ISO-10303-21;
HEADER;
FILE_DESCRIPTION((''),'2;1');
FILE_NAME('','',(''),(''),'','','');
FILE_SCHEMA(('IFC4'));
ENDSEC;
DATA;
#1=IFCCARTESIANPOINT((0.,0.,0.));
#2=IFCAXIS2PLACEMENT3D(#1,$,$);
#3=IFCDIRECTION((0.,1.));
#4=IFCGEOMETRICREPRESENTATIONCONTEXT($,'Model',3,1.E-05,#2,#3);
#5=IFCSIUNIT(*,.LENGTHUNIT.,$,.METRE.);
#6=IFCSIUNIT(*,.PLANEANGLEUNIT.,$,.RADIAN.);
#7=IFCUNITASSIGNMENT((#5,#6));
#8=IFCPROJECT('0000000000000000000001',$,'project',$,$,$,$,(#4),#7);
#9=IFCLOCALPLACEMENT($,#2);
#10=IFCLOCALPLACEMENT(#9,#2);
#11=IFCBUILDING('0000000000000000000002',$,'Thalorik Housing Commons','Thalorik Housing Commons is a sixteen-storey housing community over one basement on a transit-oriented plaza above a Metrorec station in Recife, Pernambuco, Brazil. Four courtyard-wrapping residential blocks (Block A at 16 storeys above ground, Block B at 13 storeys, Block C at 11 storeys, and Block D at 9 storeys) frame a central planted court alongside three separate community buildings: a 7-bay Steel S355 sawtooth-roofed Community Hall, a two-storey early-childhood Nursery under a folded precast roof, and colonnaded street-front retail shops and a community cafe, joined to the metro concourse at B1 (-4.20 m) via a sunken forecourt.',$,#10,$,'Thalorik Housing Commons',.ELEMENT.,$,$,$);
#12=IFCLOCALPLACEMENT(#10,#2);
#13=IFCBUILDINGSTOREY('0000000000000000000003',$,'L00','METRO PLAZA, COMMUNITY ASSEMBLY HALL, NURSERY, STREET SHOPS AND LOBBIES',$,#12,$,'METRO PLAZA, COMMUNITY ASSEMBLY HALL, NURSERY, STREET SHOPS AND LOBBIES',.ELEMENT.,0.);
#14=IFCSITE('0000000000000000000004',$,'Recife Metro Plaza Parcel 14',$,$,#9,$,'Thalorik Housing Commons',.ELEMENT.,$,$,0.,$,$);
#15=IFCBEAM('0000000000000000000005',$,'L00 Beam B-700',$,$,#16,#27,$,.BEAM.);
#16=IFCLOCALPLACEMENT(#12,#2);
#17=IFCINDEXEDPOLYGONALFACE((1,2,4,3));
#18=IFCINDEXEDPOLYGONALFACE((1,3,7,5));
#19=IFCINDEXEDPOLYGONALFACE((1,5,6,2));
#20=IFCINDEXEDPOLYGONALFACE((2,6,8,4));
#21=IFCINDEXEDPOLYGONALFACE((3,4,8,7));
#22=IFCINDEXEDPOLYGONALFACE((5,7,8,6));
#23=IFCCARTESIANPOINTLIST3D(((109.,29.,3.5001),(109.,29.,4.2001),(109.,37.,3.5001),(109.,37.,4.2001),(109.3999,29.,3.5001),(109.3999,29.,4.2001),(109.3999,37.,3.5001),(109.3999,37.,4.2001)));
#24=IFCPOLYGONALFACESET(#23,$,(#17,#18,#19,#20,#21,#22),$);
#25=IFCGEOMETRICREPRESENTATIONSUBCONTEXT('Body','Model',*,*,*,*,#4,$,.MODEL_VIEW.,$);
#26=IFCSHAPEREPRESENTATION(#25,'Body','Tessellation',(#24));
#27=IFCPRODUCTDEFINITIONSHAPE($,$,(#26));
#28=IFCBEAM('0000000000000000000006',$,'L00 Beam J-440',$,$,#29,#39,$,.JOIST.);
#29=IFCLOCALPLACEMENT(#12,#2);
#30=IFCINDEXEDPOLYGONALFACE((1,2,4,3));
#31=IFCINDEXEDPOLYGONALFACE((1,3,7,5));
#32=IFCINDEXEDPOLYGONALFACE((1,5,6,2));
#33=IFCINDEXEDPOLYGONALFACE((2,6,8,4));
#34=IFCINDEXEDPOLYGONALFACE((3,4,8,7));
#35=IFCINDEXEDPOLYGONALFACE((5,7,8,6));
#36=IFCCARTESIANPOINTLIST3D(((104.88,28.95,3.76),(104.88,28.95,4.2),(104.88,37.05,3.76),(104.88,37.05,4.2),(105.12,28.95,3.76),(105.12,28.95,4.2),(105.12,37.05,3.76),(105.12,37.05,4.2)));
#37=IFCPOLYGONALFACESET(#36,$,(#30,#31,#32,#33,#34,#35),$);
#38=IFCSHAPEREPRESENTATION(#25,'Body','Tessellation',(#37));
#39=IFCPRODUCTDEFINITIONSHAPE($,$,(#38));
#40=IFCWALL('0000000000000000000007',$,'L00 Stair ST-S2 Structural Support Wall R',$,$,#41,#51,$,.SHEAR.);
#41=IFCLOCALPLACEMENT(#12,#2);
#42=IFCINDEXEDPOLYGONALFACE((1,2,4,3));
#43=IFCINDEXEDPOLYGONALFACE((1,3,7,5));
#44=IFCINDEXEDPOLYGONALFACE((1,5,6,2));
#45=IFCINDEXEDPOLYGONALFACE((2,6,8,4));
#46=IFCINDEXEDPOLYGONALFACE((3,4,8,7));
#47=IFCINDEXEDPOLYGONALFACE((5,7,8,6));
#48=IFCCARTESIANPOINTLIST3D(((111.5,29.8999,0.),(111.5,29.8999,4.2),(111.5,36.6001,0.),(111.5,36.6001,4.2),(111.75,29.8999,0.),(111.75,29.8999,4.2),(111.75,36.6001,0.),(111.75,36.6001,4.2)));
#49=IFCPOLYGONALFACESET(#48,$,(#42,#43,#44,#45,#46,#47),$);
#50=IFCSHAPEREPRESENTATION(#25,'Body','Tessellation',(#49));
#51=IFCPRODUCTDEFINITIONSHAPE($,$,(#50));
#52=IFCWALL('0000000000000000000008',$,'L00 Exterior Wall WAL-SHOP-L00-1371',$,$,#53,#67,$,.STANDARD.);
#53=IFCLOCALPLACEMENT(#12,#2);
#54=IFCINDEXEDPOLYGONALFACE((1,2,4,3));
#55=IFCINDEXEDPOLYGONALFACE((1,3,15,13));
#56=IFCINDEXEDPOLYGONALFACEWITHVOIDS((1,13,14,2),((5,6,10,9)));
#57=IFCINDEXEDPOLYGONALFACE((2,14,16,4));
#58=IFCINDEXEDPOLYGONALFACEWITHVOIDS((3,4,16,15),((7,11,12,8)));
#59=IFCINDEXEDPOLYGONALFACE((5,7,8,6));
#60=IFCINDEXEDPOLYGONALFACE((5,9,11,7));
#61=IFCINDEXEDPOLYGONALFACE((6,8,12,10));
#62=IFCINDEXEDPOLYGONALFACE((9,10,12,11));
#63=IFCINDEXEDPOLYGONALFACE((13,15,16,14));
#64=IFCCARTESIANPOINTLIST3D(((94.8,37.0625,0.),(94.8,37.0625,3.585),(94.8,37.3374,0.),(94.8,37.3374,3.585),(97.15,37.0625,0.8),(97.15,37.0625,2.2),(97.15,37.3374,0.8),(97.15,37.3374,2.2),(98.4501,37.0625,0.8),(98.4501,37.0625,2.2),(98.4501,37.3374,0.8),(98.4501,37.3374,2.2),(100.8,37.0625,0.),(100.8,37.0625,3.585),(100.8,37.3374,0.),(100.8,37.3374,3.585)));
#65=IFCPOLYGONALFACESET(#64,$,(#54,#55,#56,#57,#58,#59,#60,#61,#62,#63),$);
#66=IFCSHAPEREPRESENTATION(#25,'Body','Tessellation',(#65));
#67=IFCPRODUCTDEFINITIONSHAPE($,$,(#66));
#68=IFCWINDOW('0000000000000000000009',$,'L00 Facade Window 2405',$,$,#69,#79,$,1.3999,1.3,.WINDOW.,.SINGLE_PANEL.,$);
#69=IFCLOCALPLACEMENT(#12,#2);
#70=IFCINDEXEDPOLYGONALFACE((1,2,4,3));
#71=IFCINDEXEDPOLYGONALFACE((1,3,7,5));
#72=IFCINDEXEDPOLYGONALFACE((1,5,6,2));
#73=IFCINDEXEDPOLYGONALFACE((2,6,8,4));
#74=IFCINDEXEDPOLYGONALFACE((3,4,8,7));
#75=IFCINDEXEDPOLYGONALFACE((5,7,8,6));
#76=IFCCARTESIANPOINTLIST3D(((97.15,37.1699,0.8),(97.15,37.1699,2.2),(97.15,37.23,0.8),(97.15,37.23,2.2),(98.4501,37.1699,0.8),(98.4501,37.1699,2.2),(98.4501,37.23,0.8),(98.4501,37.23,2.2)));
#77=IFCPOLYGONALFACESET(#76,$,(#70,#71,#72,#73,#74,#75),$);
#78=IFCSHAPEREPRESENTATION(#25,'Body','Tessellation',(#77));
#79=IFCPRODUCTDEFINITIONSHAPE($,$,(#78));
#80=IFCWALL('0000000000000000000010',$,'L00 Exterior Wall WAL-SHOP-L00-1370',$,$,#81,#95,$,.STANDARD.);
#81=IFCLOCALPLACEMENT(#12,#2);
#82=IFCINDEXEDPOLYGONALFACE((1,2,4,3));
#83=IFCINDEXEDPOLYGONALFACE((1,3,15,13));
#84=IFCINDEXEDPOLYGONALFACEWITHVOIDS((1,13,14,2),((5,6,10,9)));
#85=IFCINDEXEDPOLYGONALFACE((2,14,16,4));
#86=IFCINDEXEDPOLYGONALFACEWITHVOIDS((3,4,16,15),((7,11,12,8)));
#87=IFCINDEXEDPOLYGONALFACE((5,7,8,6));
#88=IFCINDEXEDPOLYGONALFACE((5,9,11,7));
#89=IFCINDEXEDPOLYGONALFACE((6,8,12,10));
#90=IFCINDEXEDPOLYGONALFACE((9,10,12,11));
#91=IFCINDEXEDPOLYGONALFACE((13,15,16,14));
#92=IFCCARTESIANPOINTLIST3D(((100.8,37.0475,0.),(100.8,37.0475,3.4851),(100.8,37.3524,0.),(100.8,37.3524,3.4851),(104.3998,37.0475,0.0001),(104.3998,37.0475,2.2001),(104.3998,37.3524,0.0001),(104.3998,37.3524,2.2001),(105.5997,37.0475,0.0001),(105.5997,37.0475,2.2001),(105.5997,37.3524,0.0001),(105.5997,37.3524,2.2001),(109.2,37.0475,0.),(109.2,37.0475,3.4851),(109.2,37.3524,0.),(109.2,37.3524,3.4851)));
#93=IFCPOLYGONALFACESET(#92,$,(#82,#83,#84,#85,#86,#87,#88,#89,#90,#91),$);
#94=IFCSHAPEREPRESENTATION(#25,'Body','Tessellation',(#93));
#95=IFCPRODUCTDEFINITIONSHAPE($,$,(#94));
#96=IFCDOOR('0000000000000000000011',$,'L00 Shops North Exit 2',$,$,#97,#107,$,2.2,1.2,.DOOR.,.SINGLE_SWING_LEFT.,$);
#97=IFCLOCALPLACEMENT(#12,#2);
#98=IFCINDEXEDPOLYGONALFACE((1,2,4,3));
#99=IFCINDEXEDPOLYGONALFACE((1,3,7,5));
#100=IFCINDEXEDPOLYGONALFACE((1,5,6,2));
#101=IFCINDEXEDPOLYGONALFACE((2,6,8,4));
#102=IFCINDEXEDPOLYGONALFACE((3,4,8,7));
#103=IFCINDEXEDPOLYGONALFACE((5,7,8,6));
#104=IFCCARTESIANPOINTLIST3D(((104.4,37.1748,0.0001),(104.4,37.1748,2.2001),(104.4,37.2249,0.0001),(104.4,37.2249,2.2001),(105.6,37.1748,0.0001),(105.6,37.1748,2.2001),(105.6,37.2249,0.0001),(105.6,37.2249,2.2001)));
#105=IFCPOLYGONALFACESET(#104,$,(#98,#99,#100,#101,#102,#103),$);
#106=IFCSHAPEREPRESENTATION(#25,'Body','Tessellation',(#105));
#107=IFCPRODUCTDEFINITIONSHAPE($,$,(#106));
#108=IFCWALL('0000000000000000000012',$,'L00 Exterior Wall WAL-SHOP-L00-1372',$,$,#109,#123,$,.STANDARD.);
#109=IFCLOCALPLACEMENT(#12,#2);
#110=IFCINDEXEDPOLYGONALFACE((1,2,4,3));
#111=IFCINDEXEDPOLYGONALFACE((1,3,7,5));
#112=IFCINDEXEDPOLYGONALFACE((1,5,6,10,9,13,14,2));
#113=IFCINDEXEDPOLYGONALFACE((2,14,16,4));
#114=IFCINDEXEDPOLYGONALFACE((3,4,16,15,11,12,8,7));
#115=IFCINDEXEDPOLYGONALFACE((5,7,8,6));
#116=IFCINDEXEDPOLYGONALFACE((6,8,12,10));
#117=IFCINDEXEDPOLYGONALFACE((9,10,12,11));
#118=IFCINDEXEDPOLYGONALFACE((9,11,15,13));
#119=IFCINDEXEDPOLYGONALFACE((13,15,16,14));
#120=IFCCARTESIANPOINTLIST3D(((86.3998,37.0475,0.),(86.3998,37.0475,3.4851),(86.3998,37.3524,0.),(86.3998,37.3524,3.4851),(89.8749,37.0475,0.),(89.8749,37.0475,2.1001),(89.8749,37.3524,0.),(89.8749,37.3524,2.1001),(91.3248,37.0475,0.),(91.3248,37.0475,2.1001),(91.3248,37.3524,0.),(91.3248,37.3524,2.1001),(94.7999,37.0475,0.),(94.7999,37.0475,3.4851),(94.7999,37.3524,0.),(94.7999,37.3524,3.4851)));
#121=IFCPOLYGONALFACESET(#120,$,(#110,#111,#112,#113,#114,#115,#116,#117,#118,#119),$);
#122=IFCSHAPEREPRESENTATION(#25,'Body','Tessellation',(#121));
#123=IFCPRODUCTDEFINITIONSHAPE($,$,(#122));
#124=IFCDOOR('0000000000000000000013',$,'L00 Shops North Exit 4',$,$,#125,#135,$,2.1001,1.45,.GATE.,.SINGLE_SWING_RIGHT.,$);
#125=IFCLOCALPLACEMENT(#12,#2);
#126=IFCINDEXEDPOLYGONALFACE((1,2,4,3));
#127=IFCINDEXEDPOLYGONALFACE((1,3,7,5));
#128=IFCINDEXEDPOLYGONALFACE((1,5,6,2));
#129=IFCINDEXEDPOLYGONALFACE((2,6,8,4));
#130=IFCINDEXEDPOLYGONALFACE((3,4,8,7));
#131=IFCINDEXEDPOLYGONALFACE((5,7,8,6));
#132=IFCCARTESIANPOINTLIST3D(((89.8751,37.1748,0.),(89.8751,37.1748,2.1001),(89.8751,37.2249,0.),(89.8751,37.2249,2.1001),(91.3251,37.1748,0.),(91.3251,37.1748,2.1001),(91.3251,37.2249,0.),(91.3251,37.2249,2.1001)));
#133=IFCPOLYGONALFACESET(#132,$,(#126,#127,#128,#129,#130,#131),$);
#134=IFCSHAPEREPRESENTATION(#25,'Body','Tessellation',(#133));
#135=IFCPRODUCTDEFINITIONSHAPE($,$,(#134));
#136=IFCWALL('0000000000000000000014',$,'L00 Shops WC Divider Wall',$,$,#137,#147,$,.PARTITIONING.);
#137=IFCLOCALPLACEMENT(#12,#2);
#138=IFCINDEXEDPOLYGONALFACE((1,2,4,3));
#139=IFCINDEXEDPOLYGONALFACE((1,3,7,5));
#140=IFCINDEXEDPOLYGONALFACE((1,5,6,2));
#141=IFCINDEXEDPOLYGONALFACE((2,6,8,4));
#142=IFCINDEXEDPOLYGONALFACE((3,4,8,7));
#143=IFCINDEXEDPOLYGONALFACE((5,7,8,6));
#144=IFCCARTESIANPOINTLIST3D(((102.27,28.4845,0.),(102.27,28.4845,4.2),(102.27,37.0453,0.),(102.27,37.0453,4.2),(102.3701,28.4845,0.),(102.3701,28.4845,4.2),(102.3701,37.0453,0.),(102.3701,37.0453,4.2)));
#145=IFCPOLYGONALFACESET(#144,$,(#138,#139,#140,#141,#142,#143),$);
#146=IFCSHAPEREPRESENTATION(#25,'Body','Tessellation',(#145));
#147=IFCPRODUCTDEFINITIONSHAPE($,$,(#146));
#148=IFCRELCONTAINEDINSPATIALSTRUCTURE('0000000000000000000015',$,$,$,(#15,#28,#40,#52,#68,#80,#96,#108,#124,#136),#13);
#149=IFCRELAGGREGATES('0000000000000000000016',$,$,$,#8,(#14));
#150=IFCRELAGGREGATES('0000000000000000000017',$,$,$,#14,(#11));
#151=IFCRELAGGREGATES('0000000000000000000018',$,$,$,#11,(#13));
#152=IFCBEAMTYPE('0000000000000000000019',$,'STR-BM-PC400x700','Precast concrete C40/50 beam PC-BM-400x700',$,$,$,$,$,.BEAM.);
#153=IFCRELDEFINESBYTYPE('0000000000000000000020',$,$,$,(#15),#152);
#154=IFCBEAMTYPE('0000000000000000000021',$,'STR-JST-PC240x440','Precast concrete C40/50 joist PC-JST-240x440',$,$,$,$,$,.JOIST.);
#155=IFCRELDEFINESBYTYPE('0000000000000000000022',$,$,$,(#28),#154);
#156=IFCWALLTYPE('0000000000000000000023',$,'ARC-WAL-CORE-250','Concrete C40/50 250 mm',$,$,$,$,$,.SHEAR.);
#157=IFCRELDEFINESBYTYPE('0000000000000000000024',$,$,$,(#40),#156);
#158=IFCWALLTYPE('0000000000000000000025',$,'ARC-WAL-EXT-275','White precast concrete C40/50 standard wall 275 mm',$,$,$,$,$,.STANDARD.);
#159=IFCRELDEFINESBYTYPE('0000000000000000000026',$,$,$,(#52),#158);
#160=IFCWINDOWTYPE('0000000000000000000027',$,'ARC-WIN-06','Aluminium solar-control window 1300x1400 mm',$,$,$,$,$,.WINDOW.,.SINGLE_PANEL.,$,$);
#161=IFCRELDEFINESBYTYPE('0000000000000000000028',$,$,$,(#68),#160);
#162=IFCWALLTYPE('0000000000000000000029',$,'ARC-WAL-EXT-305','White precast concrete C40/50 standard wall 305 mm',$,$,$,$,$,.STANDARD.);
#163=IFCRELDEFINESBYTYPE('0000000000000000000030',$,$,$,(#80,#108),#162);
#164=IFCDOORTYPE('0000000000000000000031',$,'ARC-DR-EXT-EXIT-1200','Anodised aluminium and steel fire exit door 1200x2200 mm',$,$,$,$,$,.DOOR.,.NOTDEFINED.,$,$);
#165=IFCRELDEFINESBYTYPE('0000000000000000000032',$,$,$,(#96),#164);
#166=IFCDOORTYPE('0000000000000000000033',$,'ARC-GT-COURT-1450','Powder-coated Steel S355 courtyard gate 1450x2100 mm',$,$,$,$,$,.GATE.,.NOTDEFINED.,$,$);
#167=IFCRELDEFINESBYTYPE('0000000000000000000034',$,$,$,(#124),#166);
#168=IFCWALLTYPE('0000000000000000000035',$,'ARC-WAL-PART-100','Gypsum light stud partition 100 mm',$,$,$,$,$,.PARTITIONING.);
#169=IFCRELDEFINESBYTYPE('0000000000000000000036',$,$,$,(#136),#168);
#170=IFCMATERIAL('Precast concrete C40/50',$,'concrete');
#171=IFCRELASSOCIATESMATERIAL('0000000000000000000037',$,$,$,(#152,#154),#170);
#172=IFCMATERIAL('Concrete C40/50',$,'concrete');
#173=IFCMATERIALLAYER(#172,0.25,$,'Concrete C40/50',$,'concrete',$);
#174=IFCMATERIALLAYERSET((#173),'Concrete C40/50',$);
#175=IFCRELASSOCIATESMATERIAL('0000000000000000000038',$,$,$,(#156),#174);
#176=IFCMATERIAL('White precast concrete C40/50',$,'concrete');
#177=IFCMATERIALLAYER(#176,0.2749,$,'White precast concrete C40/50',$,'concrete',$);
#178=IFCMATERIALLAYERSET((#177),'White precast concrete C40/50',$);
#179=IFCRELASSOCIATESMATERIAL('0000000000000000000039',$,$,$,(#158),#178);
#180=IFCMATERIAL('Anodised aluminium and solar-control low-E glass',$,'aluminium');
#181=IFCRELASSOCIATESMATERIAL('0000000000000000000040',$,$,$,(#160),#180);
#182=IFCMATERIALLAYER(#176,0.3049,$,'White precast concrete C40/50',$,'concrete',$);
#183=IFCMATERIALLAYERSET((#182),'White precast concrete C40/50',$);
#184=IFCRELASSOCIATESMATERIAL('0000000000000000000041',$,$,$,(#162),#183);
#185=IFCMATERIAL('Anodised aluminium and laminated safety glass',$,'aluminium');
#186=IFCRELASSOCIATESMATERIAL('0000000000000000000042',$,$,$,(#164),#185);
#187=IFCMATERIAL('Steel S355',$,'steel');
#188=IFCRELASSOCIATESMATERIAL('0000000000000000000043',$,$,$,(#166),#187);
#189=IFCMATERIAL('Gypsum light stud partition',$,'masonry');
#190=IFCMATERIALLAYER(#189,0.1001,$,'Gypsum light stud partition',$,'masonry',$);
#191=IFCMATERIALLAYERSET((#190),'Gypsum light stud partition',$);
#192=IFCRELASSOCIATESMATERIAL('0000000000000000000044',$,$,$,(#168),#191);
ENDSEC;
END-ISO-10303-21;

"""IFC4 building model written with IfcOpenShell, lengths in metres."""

from ifc_helpers import new_model, si_unit, direction, frame, frame_2d, origin, origin_2d, place, context, subcontext, project, spatial, rectangle, extrude, material, layer, layer_set, material_profile, profile_set, type_object, element, fill, save


model = new_model("IFC4")

# Units and contexts
model_context = context("Model", 3, precision=1e-05, world=origin(), true_north=direction((0.0, 1.0)))
body_context = subcontext(model_context, "Body", "Model", "MODEL_VIEW")
ifc_project = project(units=[si_unit("LENGTHUNIT", "METRE"), si_unit("PLANEANGLEUNIT", "RADIAN")], contexts=[model_context])

# Site, building, storey
site_placement = place(None, origin())
site = spatial("IfcSite", under=ifc_project, at=site_placement, Name="Recife Metro Plaza Parcel 14", LongName="Thalorik Housing Commons", CompositionType="ELEMENT", RefElevation=0.0)
building_placement = place(site_placement, origin())
building = spatial("IfcBuilding", under=site, at=building_placement, Name="Thalorik Housing Commons", Description="Thalorik Housing Commons is a sixteen-storey housing community over one basement on a transit-oriented plaza above a Metrorec station in Recife, Pernambuco, Brazil. Four courtyard-wrapping residential blocks (Block A at 16 storeys above ground, Block B at 13 storeys, Block C at 11 storeys, and Block D at 9 storeys) frame a central planted court alongside three separate community buildings: a 7-bay Steel S355 sawtooth-roofed Community Hall, a two-storey early-childhood Nursery under a folded precast roof, and colonnaded street-front retail shops and a community cafe, joined to the metro concourse at B1 (-4.20 m) via a sunken forecourt.", LongName="Thalorik Housing Commons", CompositionType="ELEMENT")
storey_placement = place(building_placement, origin())
storey = spatial("IfcBuildingStorey", under=building, at=storey_placement, Name="L00", Description="METRO PLAZA, COMMUNITY ASSEMBLY HALL, NURSERY, STREET SHOPS AND LOBBIES", LongName="METRO PLAZA, COMMUNITY ASSEMBLY HALL, NURSERY, STREET SHOPS AND LOBBIES", CompositionType="ELEMENT", Elevation=0.0)

# Shared definitions
ifc_material_1 = material(Name="Precast concrete C40/50", Category="concrete")

# Beams
ifc_material_profile_1 = material_profile(ifc_material_1, rectangle(XDim=0.3999, YDim=0.7, at=origin_2d()), Name="PC 400x700", Category="concrete")
ifc_profile_set_1 = profile_set([ifc_material_profile_1], Name="Precast concrete C40/50")
beam_type_1 = type_object("IfcBeamType", Name="STR-BM-PC400x700", Description="Precast concrete C40/50 beam PC-BM-400x700", PredefinedType="BEAM", material=ifc_profile_set_1)
for number, where, z_axis, x_axis, name in (
    (1, (109.2, 29.0, 3.8501), (0.0, 1.0, 0.0), (-1.0, 0.0, 0.0), "L00 Beam B-700"),
):
    element("IfcBeam", number, at=place(storey_placement, frame(where, z_axis=z_axis, x_axis=x_axis)), inside=storey, type_object=beam_type_1, Name=name, PredefinedType="BEAM", context=body_context, shape_type="SweptSolid", body=[
        extrude(rectangle(XDim=0.3999, YDim=0.7, at=origin_2d()), origin(), (0.0, 0.0, 1.0), 8.0),
    ])
ifc_material_profile_2 = material_profile(ifc_material_1, rectangle(XDim=0.24, YDim=0.4399, at=origin_2d()), Name="PC JST 240x440", Category="concrete")
ifc_profile_set_2 = profile_set([ifc_material_profile_2], Name="Precast concrete C40/50")
beam_type_2 = type_object("IfcBeamType", Name="STR-JST-PC240x440", Description="Precast concrete C40/50 joist PC-JST-240x440", PredefinedType="JOIST", material=ifc_profile_set_2)
beam_placement = place(storey_placement, frame((105.0, 28.95, 3.98), z_axis=(0.0, 1.0, 0.0), x_axis=(-1.0, 0.0, 0.0)))
element("IfcBeam", 2, at=beam_placement, inside=storey, type_object=beam_type_2, Name="L00 Beam J-440", PredefinedType="JOIST", context=body_context, shape_type="SweptSolid", body=[
    extrude(rectangle(XDim=0.24, YDim=0.4399, at=origin_2d()), origin(), (0.0, 0.0, 1.0), 8.1001),
])

# Wall
ifc_material_2 = material(Name="Concrete C40/50", Category="concrete")
ifc_layer_1 = layer(ifc_material_2, 0.25, Name="Concrete C40/50", Category="concrete")
ifc_layer_set_1 = layer_set([ifc_layer_1], Name="Concrete C40/50")
wall_type_1 = type_object("IfcWallType", Name="ARC-WAL-CORE-250", Description="Concrete C40/50 250 mm", PredefinedType="SHEAR", material=ifc_layer_set_1)
wall_1_placement = place(storey_placement, frame((111.625, 29.8999, 0.0), z_axis=(0.0, 0.0, 1.0), x_axis=(0.0, 1.0, 0.0)))
element("IfcWall", 3, at=wall_1_placement, inside=storey, type_object=wall_type_1, Name="L00 Stair ST-S2 Structural Support Wall R", PredefinedType="SHEAR", context=body_context, shape_type="SweptSolid", body=[
    extrude(rectangle(XDim=6.7002, YDim=0.25, at=frame_2d((3.3501, 0.0))), origin(), (0.0, 0.0, 1.0), 4.2),
])

# Wall, opening, window
ifc_material_3 = material(Name="White precast concrete C40/50", Category="concrete")
ifc_layer_2 = layer(ifc_material_3, 0.2749, Name="White precast concrete C40/50", Category="concrete")
ifc_layer_set_2 = layer_set([ifc_layer_2], Name="White precast concrete C40/50")
wall_type_2 = type_object("IfcWallType", Name="ARC-WAL-EXT-275", Description="White precast concrete C40/50 standard wall 275 mm", PredefinedType="STANDARD", material=ifc_layer_set_2)
wall_2_placement = place(storey_placement, frame((100.8, 37.2, 0.0), z_axis=(0.0, 0.0, 1.0), x_axis=(-1.0, 0.0, 0.0)))
wall_2 = element("IfcWall", 4, at=wall_2_placement, inside=storey, type_object=wall_type_2, Name="L00 Exterior Wall WAL-SHOP-L00-1371", PredefinedType="STANDARD", context=body_context, shape_type="SweptSolid", body=[
    extrude(rectangle(XDim=6.0, YDim=0.2749, at=frame_2d((3.0, 0.0))), origin(), (0.0, 0.0, 1.0), 3.585),
])
opening_1_placement = place(wall_2_placement, frame((2.3501, 0.0, 0.8)))
opening_1 = element("IfcOpeningElement", 5, at=opening_1_placement, cuts=wall_2, PredefinedType="OPENING", context=body_context, shape_type="SweptSolid", body=[
    extrude(rectangle(XDim=1.3, YDim=1.3999, at=frame_2d((0.6499, 0.7))), frame((0.0, 0.1475, 0.0), z_axis=(0.0, -1.0, 0.0), x_axis=(1.0, 0.0, 0.0)), (0.0, 0.0, 1.0), 0.2949),
])
ifc_material_4 = material(Name="Anodised aluminium and solar-control low-E glass", Category="aluminium")
window_type = type_object("IfcWindowType", Name="ARC-WIN-06", Description="Aluminium solar-control window 1300x1400 mm", PartitioningType="SINGLE_PANEL", PredefinedType="WINDOW", material=ifc_material_4)
window_placement = place(opening_1_placement, origin())
window = element("IfcWindow", 6, at=window_placement, inside=storey, type_object=window_type, Name="L00 Facade Window 2405", OverallHeight=1.3999, OverallWidth=1.3, PartitioningType="SINGLE_PANEL", PredefinedType="WINDOW", context=body_context, shape_type="SweptSolid", body=[
    extrude(rectangle(XDim=1.3, YDim=1.3999, at=frame_2d((0.6499, 0.7))), frame((0.0, 0.03, 0.0), z_axis=(0.0, -1.0, 0.0), x_axis=(1.0, 0.0, 0.0)), (0.0, 0.0, 1.0), 0.0601),
])
fill(opening_1, window)

# Walls, openings, doors
ifc_layer_3 = layer(ifc_material_3, 0.3049, Name="White precast concrete C40/50", Category="concrete")
ifc_layer_set_3 = layer_set([ifc_layer_3], Name="White precast concrete C40/50")
wall_type_3 = type_object("IfcWallType", Name="ARC-WAL-EXT-305", Description="White precast concrete C40/50 standard wall 305 mm", PredefinedType="STANDARD", material=ifc_layer_set_3)
wall_3_placement = place(storey_placement, frame((109.2, 37.2, 0.0), z_axis=(0.0, 0.0, 1.0), x_axis=(-1.0, 0.0, 0.0)))
wall_3 = element("IfcWall", 7, at=wall_3_placement, inside=storey, type_object=wall_type_3, Name="L00 Exterior Wall WAL-SHOP-L00-1370", PredefinedType="STANDARD", context=body_context, shape_type="SweptSolid", body=[
    extrude(rectangle(XDim=8.3999, YDim=0.3049, at=frame_2d((4.2, 0.0))), origin(), (0.0, 0.0, 1.0), 3.4851),
])
opening_2_placement = place(wall_3_placement, frame((3.6001, 0.0, 0.0)))
opening_2 = element("IfcOpeningElement", 8, at=opening_2_placement, cuts=wall_3, PredefinedType="OPENING", context=body_context, shape_type="SweptSolid", body=[
    extrude(rectangle(XDim=1.2, YDim=2.2, at=frame_2d((0.6001, 1.1001))), frame((0.0, 0.1626, 0.0), z_axis=(0.0, -1.0, 0.0), x_axis=(1.0, 0.0, 0.0)), (0.0, 0.0, 1.0), 0.325),
])
ifc_material_5 = material(Name="Anodised aluminium and laminated safety glass", Category="aluminium")
door_type_1 = type_object("IfcDoorType", Name="ARC-DR-EXT-EXIT-1200", Description="Anodised aluminium and steel fire exit door 1200x2200 mm", OperationType="NOTDEFINED", PredefinedType="DOOR", material=ifc_material_5)
door_1_placement = place(opening_2_placement, frame((1.2, 0.0, 0.0), z_axis=(0.0, 0.0, 1.0), x_axis=(-1.0, 0.0, 0.0)))
door_1 = element("IfcDoor", 9, at=door_1_placement, inside=storey, type_object=door_type_1, Name="L00 Shops North Exit 2", OperationType="SINGLE_SWING_LEFT", OverallHeight=2.2, OverallWidth=1.2, PredefinedType="DOOR", context=body_context, shape_type="SweptSolid", body=[
    extrude(rectangle(XDim=1.2, YDim=2.2, at=frame_2d((0.6001, 1.1001))), frame((0.0, 0.0249, 0.0), z_axis=(0.0, -1.0, 0.0), x_axis=(1.0, 0.0, 0.0)), (0.0, 0.0, 1.0), 0.05),
])
fill(opening_2, door_1)
wall_4_placement = place(storey_placement, frame((94.8, 37.2, 0.0), z_axis=(0.0, 0.0, 1.0), x_axis=(-1.0, 0.0, 0.0)))
wall_4 = element("IfcWall", 10, at=wall_4_placement, inside=storey, type_object=wall_type_3, Name="L00 Exterior Wall WAL-SHOP-L00-1372", PredefinedType="STANDARD", context=body_context, shape_type="SweptSolid", body=[
    extrude(rectangle(XDim=8.4001, YDim=0.3049, at=frame_2d((4.2002, 0.0))), origin(), (0.0, 0.0, 1.0), 3.4851),
])
opening_3_placement = place(wall_4_placement, frame((3.4751, 0.0, 0.0)))
opening_3 = element("IfcOpeningElement", 11, at=opening_3_placement, cuts=wall_4, PredefinedType="OPENING", context=body_context, shape_type="SweptSolid", body=[
    extrude(rectangle(XDim=1.45, YDim=2.1001, at=frame_2d((0.7251, 1.05))), frame((0.0, 0.1626, 0.0), z_axis=(0.0, -1.0, 0.0), x_axis=(1.0, 0.0, 0.0)), (0.0, 0.0, 1.0), 0.325),
])
ifc_material_6 = material(Name="Steel S355", Category="steel")
door_type_2 = type_object("IfcDoorType", Name="ARC-GT-COURT-1450", Description="Powder-coated Steel S355 courtyard gate 1450x2100 mm", OperationType="NOTDEFINED", PredefinedType="GATE", material=ifc_material_6)
door_2_placement = place(opening_3_placement, frame((1.45, 0.0, 0.0), z_axis=(0.0, 0.0, 1.0), x_axis=(-1.0, 0.0, 0.0)))
door_2 = element("IfcDoor", 12, at=door_2_placement, inside=storey, type_object=door_type_2, Name="L00 Shops North Exit 4", OperationType="SINGLE_SWING_RIGHT", OverallHeight=2.1001, OverallWidth=1.45, PredefinedType="GATE", context=body_context, shape_type="SweptSolid", body=[
    extrude(rectangle(XDim=1.45, YDim=2.1001, at=frame_2d((0.7251, 1.05))), frame((0.0, 0.0249, 0.0), z_axis=(0.0, -1.0, 0.0), x_axis=(1.0, 0.0, 0.0)), (0.0, 0.0, 1.0), 0.05),
])
fill(opening_3, door_2)

# Wall
ifc_material_7 = material(Name="Gypsum light stud partition", Category="masonry")
ifc_layer_4 = layer(ifc_material_7, 0.1001, Name="Gypsum light stud partition", Category="masonry")
ifc_layer_set_4 = layer_set([ifc_layer_4], Name="Gypsum light stud partition")
wall_type_4 = type_object("IfcWallType", Name="ARC-WAL-PART-100", Description="Gypsum light stud partition 100 mm", PredefinedType="PARTITIONING", material=ifc_layer_set_4)
wall_5_placement = place(storey_placement, frame((102.3201, 28.4846, 0.0), z_axis=(0.0, 0.0, 1.0), x_axis=(0.0, 1.0, 0.0)))
element("IfcWall", 13, at=wall_5_placement, inside=storey, type_object=wall_type_4, Name="L00 Shops WC Divider Wall", PredefinedType="PARTITIONING", context=body_context, shape_type="SweptSolid", body=[
    extrude(rectangle(XDim=8.5608, YDim=0.1001, at=frame_2d((4.2803, 0.0))), origin(), (0.0, 0.0, 1.0), 4.2),
])

save(model, "model.ifc")
